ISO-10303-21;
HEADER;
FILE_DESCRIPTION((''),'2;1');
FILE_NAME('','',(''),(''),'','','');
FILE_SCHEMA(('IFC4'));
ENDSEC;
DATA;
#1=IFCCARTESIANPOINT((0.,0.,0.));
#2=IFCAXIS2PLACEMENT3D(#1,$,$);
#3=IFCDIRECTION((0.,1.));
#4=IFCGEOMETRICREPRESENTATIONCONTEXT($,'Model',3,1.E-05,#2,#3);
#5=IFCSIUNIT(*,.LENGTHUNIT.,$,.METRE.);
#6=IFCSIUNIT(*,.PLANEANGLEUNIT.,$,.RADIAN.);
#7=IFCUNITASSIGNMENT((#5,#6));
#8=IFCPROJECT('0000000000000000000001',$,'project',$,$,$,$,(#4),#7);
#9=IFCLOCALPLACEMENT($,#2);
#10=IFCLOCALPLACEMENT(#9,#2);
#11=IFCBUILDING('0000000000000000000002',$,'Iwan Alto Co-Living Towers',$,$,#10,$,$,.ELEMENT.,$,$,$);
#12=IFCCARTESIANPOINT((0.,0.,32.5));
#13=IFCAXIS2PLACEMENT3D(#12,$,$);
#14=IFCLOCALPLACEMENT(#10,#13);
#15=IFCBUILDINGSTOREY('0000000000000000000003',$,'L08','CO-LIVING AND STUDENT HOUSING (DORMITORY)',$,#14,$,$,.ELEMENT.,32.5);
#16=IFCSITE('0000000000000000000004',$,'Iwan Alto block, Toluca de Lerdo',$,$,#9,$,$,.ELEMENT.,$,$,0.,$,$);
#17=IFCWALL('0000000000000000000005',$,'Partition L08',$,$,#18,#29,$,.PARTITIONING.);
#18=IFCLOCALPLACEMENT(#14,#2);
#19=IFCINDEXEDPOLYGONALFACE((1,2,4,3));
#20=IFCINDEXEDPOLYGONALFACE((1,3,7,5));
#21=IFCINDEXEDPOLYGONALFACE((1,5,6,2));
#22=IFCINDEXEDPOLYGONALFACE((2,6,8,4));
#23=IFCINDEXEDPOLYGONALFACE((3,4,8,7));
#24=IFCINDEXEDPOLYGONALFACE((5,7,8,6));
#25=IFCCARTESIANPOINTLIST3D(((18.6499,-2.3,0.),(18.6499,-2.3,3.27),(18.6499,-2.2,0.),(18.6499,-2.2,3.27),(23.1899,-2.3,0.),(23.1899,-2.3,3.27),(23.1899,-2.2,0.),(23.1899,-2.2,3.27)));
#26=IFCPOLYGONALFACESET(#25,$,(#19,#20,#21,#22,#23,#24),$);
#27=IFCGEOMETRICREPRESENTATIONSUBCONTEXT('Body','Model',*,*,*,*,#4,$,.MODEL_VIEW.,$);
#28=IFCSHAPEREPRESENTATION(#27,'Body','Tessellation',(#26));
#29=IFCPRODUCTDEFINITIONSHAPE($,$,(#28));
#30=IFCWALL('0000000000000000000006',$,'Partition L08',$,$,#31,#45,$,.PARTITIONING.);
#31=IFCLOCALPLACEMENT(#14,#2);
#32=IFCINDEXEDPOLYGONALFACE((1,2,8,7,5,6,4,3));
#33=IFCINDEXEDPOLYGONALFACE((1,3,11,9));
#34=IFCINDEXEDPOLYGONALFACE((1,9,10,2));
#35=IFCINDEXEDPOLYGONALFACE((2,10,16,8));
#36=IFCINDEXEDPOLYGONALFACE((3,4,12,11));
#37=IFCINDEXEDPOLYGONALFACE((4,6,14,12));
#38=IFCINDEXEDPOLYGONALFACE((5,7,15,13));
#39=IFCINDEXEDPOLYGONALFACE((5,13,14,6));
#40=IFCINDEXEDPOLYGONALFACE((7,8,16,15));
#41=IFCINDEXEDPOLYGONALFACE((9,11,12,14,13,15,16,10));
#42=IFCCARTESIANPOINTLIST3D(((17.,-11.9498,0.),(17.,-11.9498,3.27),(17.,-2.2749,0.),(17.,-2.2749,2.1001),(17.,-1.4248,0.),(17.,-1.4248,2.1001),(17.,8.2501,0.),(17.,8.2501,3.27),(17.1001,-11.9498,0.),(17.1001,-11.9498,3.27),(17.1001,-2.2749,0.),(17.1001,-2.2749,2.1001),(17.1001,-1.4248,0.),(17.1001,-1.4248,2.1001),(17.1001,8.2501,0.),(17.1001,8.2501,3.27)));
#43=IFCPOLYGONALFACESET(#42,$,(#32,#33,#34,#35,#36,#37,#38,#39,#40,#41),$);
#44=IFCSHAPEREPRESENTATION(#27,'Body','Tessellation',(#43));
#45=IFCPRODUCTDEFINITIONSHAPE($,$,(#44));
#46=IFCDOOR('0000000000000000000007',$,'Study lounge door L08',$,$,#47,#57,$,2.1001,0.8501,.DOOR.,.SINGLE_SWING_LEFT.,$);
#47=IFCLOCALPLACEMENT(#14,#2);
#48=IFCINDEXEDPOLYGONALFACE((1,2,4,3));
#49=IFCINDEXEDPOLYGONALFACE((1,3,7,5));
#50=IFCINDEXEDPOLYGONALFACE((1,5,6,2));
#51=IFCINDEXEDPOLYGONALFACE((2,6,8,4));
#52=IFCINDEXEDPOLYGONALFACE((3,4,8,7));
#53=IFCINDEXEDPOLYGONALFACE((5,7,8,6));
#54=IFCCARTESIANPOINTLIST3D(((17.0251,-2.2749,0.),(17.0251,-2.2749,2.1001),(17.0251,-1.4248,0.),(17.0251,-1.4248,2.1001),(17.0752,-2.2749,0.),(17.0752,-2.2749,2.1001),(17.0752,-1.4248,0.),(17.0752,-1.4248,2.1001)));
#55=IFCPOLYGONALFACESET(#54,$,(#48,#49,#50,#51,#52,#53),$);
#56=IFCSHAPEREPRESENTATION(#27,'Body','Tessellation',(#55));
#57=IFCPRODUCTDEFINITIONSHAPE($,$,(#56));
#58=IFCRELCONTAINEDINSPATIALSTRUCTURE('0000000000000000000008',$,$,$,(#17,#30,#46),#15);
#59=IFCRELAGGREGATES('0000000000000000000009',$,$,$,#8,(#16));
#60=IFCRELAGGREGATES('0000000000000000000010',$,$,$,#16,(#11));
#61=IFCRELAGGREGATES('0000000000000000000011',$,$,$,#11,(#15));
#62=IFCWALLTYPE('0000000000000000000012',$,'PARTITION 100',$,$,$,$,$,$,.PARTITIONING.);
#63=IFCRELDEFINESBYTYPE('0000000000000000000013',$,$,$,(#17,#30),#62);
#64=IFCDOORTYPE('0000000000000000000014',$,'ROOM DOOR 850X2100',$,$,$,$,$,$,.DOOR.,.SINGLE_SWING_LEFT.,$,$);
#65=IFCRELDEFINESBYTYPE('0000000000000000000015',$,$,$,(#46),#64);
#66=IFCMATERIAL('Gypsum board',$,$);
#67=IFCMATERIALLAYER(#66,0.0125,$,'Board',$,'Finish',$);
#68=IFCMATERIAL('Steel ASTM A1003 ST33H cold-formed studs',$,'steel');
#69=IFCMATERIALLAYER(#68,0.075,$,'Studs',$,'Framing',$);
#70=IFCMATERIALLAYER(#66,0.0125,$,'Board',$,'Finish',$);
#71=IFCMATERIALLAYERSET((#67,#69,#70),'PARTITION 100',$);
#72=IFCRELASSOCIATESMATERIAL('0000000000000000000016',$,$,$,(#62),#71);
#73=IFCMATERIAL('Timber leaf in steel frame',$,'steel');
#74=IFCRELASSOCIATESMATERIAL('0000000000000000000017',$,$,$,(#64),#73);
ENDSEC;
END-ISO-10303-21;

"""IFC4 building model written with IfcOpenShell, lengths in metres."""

from ifc_helpers import new_model, si_unit, direction, frame, frame_2d, origin, place, context, subcontext, project, spatial, rectangle, extrude, material, layer, layer_set, type_object, element, fill, save


model = new_model("IFC4")

# Units and contexts
model_context = context("Model", 3, precision=1e-05, world=origin(), true_north=direction((0.0, 1.0)))
body_context = subcontext(model_context, "Body", "Model", "MODEL_VIEW")
ifc_project = project(units=[si_unit("LENGTHUNIT", "METRE"), si_unit("PLANEANGLEUNIT", "RADIAN")], contexts=[model_context])

# Site, building, storey
site_placement = place(None, origin())
site = spatial("IfcSite", under=ifc_project, at=site_placement, Name="Iwan Alto block, Toluca de Lerdo", CompositionType="ELEMENT", RefElevation=0.0)
building_placement = place(site_placement, origin())
building = spatial("IfcBuilding", under=site, at=building_placement, Name="Iwan Alto Co-Living Towers", CompositionType="ELEMENT")
storey_placement = place(building_placement, frame((0.0, 0.0, 32.5)))
storey = spatial("IfcBuildingStorey", under=building, at=storey_placement, Name="L08", Description="CO-LIVING AND STUDENT HOUSING (DORMITORY)", CompositionType="ELEMENT", Elevation=32.5)

# Wall
ifc_material_1 = material(Name="Gypsum board")
ifc_layer_1 = layer(ifc_material_1, 0.0125, Name="Board", Category="Finish")
ifc_material_2 = material(Name="Steel ASTM A1003 ST33H cold-formed studs", Category="steel")
ifc_layer_2 = layer(ifc_material_2, 0.075, Name="Studs", Category="Framing")
ifc_layer_3 = layer(ifc_material_1, 0.0125, Name="Board", Category="Finish")
ifc_layer_set = layer_set([ifc_layer_1, ifc_layer_2, ifc_layer_3], Name="PARTITION 100")
wall_type = type_object("IfcWallType", Name="PARTITION 100", PredefinedType="PARTITIONING", material=ifc_layer_set)
for number, where, z_axis, x_axis, name in (
    (1, (18.6499, -2.25, 0.0), (0.0, 0.0, 1.0), (1.0, 0.0, 0.0), "Partition L08"),
):
    element("IfcWall", number, at=place(storey_placement, frame(where, z_axis=z_axis, x_axis=x_axis)), inside=storey, type_object=wall_type, Name=name, PredefinedType="PARTITIONING", context=body_context, shape_type="SweptSolid", body=[
        extrude(rectangle(XDim=4.54, YDim=0.1001, at=frame_2d((2.27, 0.0))), origin(), (0.0, 0.0, 1.0), 3.27),
    ])

# Wall, opening, door
wall_1_placement = place(storey_placement, frame((17.05, -11.95, 0.0), z_axis=(0.0, 0.0, 1.0), x_axis=(0.0, 1.0, 0.0)))
wall_1 = element("IfcWall", 2, at=wall_1_placement, inside=storey, type_object=wall_type, Name="Partition L08", PredefinedType="PARTITIONING", context=body_context, shape_type="SweptSolid", body=[
    extrude(rectangle(XDim=20.2, YDim=0.1001, at=frame_2d((10.1001, 0.0))), origin(), (0.0, 0.0, 1.0), 3.27),
])
opening_placement = place(wall_1_placement, frame((9.675, 0.0, 0.0)))
opening = element("IfcOpeningElement", 3, at=opening_placement, cuts=wall_1, PredefinedType="OPENING", context=body_context, shape_type="SweptSolid", body=[
    extrude(rectangle(XDim=0.8501, YDim=2.1001, at=frame_2d((0.425, 1.05))), frame((0.0, 0.0601, 0.0), z_axis=(0.0, -1.0, 0.0), x_axis=(1.0, 0.0, 0.0)), (0.0, 0.0, 1.0), 0.1201),
])
ifc_material_3 = material(Name="Timber leaf in steel frame", Category="steel")
door_type = type_object("IfcDoorType", Name="ROOM DOOR 850X2100", OperationType="SINGLE_SWING_LEFT", PredefinedType="DOOR", material=ifc_material_3)
door_placement = place(opening_placement, origin())
door = element("IfcDoor", 4, at=door_placement, inside=storey, type_object=door_type, Name="Study lounge door L08", OperationType="SINGLE_SWING_LEFT", OverallHeight=2.1001, OverallWidth=0.8501, PredefinedType="DOOR", context=body_context, shape_type="SweptSolid", body=[
    extrude(rectangle(XDim=0.8501, YDim=2.1001, at=frame_2d((0.425, 1.05))), frame((0.0, 0.0249, 0.0), z_axis=(0.0, -1.0, 0.0), x_axis=(1.0, 0.0, 0.0)), (0.0, 0.0, 1.0), 0.05),
])
fill(opening, door)

save(model, "model.ifc")
